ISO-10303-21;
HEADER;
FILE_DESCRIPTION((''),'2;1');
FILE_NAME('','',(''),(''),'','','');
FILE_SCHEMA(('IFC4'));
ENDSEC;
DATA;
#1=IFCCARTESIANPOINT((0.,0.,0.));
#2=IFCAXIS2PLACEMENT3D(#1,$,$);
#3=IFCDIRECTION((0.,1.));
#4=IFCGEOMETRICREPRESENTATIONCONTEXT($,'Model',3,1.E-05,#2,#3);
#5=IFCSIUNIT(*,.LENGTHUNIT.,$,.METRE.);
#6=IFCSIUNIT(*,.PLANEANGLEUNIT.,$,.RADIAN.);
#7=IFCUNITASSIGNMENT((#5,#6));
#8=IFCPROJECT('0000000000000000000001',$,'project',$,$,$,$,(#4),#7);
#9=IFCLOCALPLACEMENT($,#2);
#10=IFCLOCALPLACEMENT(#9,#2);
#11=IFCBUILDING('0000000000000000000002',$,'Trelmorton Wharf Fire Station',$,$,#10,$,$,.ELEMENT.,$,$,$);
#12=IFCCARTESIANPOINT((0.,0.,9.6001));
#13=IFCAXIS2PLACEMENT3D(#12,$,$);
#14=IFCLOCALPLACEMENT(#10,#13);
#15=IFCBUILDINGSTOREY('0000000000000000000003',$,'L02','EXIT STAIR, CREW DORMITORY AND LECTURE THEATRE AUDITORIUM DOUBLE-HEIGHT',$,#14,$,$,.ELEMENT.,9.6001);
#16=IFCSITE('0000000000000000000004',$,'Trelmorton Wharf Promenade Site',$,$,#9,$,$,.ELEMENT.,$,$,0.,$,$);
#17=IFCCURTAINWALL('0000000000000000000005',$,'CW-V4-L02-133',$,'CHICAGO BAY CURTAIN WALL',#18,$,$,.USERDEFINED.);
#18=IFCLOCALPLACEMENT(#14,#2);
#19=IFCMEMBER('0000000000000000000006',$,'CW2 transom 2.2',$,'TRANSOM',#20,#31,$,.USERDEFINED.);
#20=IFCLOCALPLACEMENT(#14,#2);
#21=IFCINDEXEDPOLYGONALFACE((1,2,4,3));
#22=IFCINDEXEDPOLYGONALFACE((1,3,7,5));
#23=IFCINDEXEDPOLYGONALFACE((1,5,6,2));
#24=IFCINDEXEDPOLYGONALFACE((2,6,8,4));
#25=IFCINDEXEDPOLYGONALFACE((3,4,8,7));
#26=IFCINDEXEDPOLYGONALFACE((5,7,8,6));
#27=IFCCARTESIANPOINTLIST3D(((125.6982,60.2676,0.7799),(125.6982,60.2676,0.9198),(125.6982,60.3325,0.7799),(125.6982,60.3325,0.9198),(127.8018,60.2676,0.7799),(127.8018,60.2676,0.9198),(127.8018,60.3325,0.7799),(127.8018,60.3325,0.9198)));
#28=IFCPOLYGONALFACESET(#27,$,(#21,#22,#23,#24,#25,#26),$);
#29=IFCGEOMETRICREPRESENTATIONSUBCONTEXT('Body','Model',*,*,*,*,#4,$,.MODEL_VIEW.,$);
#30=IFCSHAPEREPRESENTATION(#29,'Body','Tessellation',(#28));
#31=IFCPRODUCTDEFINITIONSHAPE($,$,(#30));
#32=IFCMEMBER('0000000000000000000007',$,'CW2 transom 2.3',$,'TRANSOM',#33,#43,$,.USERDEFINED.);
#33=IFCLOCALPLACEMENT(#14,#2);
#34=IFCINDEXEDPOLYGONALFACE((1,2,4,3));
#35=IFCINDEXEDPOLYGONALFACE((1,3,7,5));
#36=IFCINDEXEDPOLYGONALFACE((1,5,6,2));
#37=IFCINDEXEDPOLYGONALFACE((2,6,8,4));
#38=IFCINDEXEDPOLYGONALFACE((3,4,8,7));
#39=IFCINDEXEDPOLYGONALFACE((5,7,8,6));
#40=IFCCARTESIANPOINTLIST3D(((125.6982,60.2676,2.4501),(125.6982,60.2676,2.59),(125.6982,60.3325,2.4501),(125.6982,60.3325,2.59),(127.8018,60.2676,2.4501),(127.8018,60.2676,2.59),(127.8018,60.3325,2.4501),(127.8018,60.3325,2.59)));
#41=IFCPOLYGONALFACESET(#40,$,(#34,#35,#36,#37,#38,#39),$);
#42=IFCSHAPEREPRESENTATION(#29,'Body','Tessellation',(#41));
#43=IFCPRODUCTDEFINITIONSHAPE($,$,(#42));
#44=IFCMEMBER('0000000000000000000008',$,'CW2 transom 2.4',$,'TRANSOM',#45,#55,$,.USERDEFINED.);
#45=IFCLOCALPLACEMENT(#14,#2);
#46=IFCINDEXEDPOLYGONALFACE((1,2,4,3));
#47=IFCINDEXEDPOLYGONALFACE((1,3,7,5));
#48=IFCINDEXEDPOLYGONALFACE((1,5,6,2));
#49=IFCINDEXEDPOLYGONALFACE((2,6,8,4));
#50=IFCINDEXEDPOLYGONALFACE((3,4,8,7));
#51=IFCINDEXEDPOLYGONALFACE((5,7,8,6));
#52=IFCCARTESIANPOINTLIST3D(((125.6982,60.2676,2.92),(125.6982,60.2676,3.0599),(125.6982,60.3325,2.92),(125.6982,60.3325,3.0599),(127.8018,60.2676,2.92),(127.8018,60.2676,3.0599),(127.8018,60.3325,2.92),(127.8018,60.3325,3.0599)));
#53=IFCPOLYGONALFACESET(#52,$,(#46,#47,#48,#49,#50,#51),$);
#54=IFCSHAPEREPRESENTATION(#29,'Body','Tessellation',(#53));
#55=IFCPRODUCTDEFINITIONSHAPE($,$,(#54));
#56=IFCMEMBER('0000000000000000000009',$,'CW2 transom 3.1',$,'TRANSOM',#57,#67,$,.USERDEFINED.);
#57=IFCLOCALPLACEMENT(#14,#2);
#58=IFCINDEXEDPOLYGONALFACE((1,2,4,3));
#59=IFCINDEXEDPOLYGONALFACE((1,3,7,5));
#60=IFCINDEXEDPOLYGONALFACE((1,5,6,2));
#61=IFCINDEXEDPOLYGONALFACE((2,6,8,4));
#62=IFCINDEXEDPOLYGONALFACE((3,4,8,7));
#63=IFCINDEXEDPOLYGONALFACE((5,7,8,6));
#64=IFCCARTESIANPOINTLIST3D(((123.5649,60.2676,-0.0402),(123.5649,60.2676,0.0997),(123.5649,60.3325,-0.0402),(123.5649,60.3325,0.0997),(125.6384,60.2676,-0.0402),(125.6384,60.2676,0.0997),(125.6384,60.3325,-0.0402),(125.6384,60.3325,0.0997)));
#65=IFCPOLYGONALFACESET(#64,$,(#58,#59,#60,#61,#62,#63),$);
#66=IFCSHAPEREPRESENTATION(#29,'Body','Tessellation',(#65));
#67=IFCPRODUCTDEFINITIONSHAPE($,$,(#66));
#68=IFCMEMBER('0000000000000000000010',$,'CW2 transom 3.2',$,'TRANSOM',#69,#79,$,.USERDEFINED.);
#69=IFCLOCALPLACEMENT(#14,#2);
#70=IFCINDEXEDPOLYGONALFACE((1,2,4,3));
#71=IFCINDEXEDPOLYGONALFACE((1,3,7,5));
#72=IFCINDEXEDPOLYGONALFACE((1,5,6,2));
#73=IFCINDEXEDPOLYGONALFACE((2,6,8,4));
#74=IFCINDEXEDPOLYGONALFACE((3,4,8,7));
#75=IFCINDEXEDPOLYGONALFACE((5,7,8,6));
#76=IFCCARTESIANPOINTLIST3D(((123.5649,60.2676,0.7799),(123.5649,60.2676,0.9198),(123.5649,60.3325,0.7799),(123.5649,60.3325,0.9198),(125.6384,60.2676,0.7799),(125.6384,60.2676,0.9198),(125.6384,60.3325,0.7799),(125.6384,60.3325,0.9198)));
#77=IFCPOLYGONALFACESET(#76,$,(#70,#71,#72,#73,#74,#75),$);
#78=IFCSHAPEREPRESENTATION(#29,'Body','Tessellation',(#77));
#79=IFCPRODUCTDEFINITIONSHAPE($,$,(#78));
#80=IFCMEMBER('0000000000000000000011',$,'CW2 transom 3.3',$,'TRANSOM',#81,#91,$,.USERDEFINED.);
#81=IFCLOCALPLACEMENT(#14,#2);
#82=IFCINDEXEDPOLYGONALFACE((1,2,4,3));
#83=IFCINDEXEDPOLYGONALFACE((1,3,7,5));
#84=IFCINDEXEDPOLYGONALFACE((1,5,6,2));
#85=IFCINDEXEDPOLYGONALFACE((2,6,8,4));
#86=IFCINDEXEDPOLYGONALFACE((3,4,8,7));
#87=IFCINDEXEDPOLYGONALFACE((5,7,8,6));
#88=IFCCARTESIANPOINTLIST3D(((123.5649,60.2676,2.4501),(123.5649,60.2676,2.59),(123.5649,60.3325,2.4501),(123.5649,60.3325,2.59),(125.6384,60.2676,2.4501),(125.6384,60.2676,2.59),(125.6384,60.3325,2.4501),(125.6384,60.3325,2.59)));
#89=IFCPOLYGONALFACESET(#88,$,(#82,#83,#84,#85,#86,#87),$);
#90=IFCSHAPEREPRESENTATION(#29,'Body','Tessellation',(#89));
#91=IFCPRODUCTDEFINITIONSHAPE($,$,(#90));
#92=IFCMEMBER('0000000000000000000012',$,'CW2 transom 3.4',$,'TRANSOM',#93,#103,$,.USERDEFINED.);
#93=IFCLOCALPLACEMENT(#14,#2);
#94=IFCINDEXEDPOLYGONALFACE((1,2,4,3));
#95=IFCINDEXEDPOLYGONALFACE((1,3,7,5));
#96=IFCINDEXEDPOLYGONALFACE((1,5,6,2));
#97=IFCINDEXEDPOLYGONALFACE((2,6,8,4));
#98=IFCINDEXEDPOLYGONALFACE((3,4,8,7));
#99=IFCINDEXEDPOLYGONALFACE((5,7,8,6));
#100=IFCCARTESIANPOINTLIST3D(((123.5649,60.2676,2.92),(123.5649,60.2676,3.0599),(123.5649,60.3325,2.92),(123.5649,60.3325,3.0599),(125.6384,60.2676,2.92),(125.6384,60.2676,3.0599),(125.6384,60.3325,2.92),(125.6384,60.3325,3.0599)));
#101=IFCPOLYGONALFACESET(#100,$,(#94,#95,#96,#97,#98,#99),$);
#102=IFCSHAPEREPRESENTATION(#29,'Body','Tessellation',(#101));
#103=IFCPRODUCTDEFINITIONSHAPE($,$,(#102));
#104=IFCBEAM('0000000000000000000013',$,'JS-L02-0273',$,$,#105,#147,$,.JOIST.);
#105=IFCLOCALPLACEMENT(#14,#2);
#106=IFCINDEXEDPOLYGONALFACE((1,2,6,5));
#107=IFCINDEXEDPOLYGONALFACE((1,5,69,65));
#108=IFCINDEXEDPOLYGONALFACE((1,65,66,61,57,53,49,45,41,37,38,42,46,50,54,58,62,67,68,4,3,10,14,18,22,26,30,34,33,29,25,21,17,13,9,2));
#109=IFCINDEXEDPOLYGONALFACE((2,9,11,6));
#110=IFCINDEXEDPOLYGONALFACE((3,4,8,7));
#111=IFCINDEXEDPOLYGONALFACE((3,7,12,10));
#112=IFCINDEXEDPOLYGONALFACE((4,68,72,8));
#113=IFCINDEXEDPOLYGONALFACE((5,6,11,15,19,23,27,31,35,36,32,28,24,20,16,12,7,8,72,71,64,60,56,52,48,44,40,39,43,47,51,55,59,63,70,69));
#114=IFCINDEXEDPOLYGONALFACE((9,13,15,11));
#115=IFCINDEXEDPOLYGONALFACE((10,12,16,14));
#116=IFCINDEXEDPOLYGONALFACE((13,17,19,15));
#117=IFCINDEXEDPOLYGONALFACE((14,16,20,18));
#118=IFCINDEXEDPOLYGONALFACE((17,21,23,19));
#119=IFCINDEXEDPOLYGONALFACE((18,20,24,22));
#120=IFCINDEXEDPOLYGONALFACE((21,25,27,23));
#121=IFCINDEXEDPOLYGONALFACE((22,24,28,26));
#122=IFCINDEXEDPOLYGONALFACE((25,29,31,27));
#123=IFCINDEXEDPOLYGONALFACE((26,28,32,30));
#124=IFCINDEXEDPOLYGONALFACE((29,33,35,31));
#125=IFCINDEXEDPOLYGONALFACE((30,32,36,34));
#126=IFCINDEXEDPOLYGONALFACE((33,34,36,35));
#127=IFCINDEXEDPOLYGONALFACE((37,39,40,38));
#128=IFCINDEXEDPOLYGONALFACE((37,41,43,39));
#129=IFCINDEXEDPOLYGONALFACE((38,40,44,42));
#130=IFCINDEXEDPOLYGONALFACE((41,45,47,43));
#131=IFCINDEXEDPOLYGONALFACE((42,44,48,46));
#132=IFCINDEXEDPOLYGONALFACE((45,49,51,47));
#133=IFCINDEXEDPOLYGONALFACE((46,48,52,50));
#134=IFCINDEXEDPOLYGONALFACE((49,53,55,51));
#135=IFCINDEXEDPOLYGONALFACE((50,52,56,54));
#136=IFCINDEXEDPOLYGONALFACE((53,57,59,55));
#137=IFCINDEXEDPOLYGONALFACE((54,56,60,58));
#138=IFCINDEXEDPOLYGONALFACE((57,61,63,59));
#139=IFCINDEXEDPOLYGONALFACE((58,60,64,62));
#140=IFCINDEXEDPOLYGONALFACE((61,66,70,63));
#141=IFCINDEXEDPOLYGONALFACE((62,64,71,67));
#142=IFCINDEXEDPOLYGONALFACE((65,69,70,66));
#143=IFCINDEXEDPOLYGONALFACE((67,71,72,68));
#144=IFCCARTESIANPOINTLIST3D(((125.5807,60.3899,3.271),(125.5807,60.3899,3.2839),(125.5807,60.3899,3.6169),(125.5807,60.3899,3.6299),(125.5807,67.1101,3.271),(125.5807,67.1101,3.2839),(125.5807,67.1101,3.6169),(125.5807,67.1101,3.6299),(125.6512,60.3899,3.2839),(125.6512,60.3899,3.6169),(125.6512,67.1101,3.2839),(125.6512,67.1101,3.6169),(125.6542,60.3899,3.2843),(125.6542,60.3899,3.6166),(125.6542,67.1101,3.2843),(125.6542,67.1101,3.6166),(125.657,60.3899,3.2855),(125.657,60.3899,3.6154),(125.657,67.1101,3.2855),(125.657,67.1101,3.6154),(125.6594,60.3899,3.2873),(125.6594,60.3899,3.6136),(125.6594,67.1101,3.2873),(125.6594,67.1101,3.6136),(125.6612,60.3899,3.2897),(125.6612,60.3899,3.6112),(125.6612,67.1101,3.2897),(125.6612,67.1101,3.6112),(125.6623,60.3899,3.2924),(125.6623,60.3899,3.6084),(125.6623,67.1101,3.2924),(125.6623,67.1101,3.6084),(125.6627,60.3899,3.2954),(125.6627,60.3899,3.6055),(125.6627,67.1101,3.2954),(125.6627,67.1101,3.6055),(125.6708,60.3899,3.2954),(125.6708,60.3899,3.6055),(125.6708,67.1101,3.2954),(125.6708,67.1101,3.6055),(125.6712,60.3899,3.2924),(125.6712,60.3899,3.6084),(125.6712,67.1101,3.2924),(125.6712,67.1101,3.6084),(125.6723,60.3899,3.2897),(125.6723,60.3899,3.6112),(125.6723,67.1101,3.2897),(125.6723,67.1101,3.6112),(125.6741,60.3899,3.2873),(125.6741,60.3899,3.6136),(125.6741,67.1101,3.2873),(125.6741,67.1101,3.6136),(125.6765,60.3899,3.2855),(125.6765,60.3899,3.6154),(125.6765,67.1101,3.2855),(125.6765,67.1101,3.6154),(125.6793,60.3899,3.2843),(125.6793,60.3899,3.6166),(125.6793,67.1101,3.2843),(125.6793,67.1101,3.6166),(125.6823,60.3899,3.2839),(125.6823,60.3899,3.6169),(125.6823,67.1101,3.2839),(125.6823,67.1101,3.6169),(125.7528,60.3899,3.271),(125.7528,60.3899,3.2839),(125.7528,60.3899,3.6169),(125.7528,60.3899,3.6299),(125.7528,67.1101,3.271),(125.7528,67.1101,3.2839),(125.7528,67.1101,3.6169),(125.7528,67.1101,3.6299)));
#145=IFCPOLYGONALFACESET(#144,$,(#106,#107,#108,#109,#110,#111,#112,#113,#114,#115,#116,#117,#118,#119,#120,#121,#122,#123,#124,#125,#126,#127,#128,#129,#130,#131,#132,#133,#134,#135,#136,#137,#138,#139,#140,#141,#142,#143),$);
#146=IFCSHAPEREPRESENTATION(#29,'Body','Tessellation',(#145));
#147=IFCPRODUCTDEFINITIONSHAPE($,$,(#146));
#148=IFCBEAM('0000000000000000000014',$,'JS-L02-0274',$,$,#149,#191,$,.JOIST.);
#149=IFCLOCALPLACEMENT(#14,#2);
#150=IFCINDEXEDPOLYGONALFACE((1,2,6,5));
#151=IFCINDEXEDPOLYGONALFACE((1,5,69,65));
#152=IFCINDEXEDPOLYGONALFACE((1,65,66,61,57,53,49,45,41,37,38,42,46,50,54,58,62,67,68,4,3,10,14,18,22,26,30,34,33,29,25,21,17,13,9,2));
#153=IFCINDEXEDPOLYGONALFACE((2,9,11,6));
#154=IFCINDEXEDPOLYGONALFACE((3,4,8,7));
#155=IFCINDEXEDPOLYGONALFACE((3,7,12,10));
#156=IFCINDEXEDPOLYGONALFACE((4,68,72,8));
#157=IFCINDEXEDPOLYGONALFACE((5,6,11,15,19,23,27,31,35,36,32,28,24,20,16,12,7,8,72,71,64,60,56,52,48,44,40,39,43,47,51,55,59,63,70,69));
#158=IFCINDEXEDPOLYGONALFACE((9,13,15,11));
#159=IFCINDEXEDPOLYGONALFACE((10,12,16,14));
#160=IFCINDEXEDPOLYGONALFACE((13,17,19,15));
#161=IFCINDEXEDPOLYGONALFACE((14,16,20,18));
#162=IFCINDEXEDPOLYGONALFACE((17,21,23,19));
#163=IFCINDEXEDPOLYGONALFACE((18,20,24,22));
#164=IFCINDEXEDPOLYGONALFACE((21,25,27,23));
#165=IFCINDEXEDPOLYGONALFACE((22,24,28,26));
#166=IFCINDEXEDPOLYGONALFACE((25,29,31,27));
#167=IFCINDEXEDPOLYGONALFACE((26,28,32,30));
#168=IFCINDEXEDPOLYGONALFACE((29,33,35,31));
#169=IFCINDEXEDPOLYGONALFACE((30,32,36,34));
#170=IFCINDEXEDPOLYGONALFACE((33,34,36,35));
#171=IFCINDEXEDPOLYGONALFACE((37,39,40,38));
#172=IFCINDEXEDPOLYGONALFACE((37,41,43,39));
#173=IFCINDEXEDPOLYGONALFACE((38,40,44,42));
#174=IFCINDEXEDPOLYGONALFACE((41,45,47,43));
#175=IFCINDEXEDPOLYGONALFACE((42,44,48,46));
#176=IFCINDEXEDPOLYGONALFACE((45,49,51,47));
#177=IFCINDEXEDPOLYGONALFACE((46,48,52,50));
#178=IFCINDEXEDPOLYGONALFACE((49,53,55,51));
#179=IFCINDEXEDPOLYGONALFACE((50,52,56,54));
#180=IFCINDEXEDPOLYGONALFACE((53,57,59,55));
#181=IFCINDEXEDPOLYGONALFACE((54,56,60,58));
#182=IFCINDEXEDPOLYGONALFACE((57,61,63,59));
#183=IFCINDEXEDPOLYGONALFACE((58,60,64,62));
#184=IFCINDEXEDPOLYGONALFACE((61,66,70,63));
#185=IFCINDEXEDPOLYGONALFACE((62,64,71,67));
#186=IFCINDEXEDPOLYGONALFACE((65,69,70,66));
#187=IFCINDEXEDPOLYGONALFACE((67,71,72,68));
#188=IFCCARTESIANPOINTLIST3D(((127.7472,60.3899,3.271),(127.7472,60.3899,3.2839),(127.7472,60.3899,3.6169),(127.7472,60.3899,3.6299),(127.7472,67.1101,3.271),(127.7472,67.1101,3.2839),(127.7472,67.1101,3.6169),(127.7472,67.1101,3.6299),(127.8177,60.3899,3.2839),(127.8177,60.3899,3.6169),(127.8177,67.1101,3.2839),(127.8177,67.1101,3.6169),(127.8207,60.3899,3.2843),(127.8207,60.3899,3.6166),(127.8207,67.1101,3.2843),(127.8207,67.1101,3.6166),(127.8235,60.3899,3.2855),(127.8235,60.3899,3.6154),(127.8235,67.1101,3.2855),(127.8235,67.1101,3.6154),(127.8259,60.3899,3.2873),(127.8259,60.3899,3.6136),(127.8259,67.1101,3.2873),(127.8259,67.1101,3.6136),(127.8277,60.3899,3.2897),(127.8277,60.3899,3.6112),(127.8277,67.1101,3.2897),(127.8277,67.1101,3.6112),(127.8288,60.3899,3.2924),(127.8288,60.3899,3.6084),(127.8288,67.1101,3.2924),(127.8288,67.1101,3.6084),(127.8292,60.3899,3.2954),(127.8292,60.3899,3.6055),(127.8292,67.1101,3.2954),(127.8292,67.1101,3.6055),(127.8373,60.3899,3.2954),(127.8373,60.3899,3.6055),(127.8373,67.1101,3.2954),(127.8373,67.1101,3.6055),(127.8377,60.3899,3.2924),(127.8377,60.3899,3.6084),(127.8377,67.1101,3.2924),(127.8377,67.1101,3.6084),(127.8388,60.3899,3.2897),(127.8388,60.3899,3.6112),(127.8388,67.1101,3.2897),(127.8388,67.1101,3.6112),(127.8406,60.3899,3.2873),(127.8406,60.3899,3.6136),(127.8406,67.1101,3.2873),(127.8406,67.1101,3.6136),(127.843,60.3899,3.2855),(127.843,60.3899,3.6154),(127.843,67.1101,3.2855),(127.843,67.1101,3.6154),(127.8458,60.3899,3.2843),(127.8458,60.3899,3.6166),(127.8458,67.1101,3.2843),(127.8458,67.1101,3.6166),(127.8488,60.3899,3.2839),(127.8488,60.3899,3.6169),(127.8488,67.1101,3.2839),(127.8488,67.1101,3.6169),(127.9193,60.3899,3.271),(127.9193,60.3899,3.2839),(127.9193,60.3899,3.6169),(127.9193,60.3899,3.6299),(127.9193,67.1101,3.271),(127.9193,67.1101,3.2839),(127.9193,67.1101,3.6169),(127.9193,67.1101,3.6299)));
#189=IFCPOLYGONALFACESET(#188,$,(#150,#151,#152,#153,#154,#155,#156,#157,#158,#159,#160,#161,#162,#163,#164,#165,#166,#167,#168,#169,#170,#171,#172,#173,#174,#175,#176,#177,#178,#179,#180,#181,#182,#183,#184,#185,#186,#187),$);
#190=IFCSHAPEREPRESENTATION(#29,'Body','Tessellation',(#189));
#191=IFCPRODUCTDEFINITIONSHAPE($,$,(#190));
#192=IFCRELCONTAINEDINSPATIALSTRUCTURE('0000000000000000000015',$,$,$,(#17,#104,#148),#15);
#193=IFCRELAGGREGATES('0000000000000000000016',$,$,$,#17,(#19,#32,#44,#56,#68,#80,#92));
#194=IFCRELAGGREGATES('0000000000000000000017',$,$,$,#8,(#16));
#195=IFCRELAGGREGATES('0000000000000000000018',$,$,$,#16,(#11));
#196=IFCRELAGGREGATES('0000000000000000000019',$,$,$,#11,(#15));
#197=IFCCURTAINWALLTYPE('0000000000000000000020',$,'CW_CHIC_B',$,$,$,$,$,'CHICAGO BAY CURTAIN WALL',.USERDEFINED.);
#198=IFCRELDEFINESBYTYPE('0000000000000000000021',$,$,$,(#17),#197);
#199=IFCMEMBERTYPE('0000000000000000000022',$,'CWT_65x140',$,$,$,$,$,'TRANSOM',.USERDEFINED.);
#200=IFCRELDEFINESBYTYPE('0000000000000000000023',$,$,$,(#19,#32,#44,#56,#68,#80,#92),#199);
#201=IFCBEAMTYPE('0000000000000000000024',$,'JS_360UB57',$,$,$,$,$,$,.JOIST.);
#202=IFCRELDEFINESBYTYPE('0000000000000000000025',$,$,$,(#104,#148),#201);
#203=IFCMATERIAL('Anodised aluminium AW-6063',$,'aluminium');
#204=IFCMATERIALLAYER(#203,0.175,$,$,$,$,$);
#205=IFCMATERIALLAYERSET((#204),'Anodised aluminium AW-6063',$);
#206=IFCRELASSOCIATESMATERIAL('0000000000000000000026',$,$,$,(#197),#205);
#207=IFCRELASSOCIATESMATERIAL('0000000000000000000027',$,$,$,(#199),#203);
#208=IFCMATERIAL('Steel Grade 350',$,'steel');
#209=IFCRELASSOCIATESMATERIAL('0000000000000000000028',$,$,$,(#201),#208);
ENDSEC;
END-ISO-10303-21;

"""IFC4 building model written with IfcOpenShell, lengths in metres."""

from ifc_helpers import new_model, si_unit, direction, frame, origin, origin_2d, place, context, subcontext, project, spatial, rectangle, i_section, extrude, material, layer, layer_set, material_profile, profile_set, type_object, element, aggregate, save


model = new_model("IFC4")

# Units and contexts
model_context = context("Model", 3, precision=1e-05, world=origin(), true_north=direction((0.0, 1.0)))
body_context = subcontext(model_context, "Body", "Model", "MODEL_VIEW")
ifc_project = project(units=[si_unit("LENGTHUNIT", "METRE"), si_unit("PLANEANGLEUNIT", "RADIAN")], contexts=[model_context])

# Site, building, storey
site_placement = place(None, origin())
site = spatial("IfcSite", under=ifc_project, at=site_placement, Name="Trelmorton Wharf Promenade Site", CompositionType="ELEMENT", RefElevation=0.0)
building_placement = place(site_placement, origin())
building = spatial("IfcBuilding", under=site, at=building_placement, Name="Trelmorton Wharf Fire Station", CompositionType="ELEMENT")
storey_placement = place(building_placement, frame((0.0, 0.0, 9.6001)))
storey = spatial("IfcBuildingStorey", under=building, at=storey_placement, Name="L02", Description="EXIT STAIR, CREW DORMITORY AND LECTURE THEATRE AUDITORIUM DOUBLE-HEIGHT", CompositionType="ELEMENT", Elevation=9.6001)

# Shared definitions
ifc_material_1 = material(Name="Steel Grade 350", Category="steel")

# Curtain wall, members
ifc_material_2 = material(Name="Anodised aluminium AW-6063", Category="aluminium")
ifc_layer_1 = layer(ifc_material_2, 0.175)
ifc_layer_set_1 = layer_set([ifc_layer_1], Name="Anodised aluminium AW-6063")
curtain_wall_type = type_object("IfcCurtainWallType", Name="CW_CHIC_B", ElementType="CHICAGO BAY CURTAIN WALL", PredefinedType="USERDEFINED", material=ifc_layer_set_1)
curtain_wall_placement = place(storey_placement, origin())
curtain_wall = element("IfcCurtainWall", 1, at=curtain_wall_placement, inside=storey, type_object=curtain_wall_type, Name="CW-V4-L02-133", ObjectType="CHICAGO BAY CURTAIN WALL", PredefinedType="USERDEFINED")
ifc_material_profile_1 = material_profile(ifc_material_2, rectangle(XDim=0.0649, YDim=0.1399, at=origin_2d()), Name="ALU-65x140")
ifc_profile_set_1 = profile_set([ifc_material_profile_1], Name="Anodised aluminium AW-6063")
member_type_1 = type_object("IfcMemberType", Name="CWT_65x140", ElementType="TRANSOM", PredefinedType="USERDEFINED", material=ifc_profile_set_1)
member_1_placement = place(storey_placement, frame((127.8018, 60.3, 0.8499), z_axis=(-1.0, 0.0, 0.0), x_axis=(0.0, -1.0, 0.0)))
member_1 = element("IfcMember", 2, at=member_1_placement, type_object=member_type_1, Name="CW2 transom 2.2", ObjectType="TRANSOM", PredefinedType="USERDEFINED", context=body_context, shape_type="SweptSolid", body=[
    extrude(rectangle(XDim=0.0649, YDim=0.1399, at=origin_2d()), origin(), (0.0, 0.0, 1.0), 2.1035),
])
member_2_placement = place(storey_placement, frame((127.8018, 60.3, 2.52), z_axis=(-1.0, 0.0, 0.0), x_axis=(0.0, -1.0, 0.0)))
member_2 = element("IfcMember", 3, at=member_2_placement, type_object=member_type_1, Name="CW2 transom 2.3", ObjectType="TRANSOM", PredefinedType="USERDEFINED", context=body_context, shape_type="SweptSolid", body=[
    extrude(rectangle(XDim=0.0649, YDim=0.1399, at=origin_2d()), origin(), (0.0, 0.0, 1.0), 2.1035),
])
member_3_placement = place(storey_placement, frame((127.8018, 60.3, 2.99), z_axis=(-1.0, 0.0, 0.0), x_axis=(0.0, -1.0, 0.0)))
member_3 = element("IfcMember", 4, at=member_3_placement, type_object=member_type_1, Name="CW2 transom 2.4", ObjectType="TRANSOM", PredefinedType="USERDEFINED", context=body_context, shape_type="SweptSolid", body=[
    extrude(rectangle(XDim=0.0649, YDim=0.1399, at=origin_2d()), origin(), (0.0, 0.0, 1.0), 2.1035),
])
member_4_placement = place(storey_placement, frame((125.6384, 60.3, 0.0298), z_axis=(-1.0, 0.0, 0.0), x_axis=(0.0, -1.0, 0.0)))
member_4 = element("IfcMember", 5, at=member_4_placement, type_object=member_type_1, Name="CW2 transom 3.1", ObjectType="TRANSOM", PredefinedType="USERDEFINED", context=body_context, shape_type="SweptSolid", body=[
    extrude(rectangle(XDim=0.0649, YDim=0.1399, at=origin_2d()), origin(), (0.0, 0.0, 1.0), 2.0735),
])
member_5_placement = place(storey_placement, frame((125.6384, 60.3, 0.8499), z_axis=(-1.0, 0.0, 0.0), x_axis=(0.0, -1.0, 0.0)))
member_5 = element("IfcMember", 6, at=member_5_placement, type_object=member_type_1, Name="CW2 transom 3.2", ObjectType="TRANSOM", PredefinedType="USERDEFINED", context=body_context, shape_type="SweptSolid", body=[
    extrude(rectangle(XDim=0.0649, YDim=0.1399, at=origin_2d()), origin(), (0.0, 0.0, 1.0), 2.0735),
])
member_6_placement = place(storey_placement, frame((125.6384, 60.3, 2.52), z_axis=(-1.0, 0.0, 0.0), x_axis=(0.0, -1.0, 0.0)))
member_6 = element("IfcMember", 7, at=member_6_placement, type_object=member_type_1, Name="CW2 transom 3.3", ObjectType="TRANSOM", PredefinedType="USERDEFINED", context=body_context, shape_type="SweptSolid", body=[
    extrude(rectangle(XDim=0.0649, YDim=0.1399, at=origin_2d()), origin(), (0.0, 0.0, 1.0), 2.0735),
])
member_7_placement = place(storey_placement, frame((125.6384, 60.3, 2.99), z_axis=(-1.0, 0.0, 0.0), x_axis=(0.0, -1.0, 0.0)))
member_7 = element("IfcMember", 8, at=member_7_placement, type_object=member_type_1, Name="CW2 transom 3.4", ObjectType="TRANSOM", PredefinedType="USERDEFINED", context=body_context, shape_type="SweptSolid", body=[
    extrude(rectangle(XDim=0.0649, YDim=0.1399, at=origin_2d()), origin(), (0.0, 0.0, 1.0), 2.0735),
])

# Beams
ifc_material_profile_2 = material_profile(ifc_material_1, i_section(OverallWidth=0.1721, OverallDepth=0.3589, WebThickness=0.0081, FlangeThickness=0.0129, FilletRadius=0.0115, at=origin_2d()), Name="360UB56.7")
ifc_profile_set_2 = profile_set([ifc_material_profile_2], Name="Steel Grade 350")
beam_type_1 = type_object("IfcBeamType", Name="JS_360UB57", PredefinedType="JOIST", material=ifc_profile_set_2)
for number, where, z_axis, x_axis, name in (
    (9, (125.6667, 60.3899, 3.4504), (0.0, 1.0, 0.0), (-1.0, 0.0, 0.0), "JS-L02-0273"),
    (10, (127.8333, 60.3899, 3.4504), (0.0, 1.0, 0.0), (-1.0, 0.0, 0.0), "JS-L02-0274"),
):
    element("IfcBeam", number, at=place(storey_placement, frame(where, z_axis=z_axis, x_axis=x_axis)), inside=storey, type_object=beam_type_1, Name=name, PredefinedType="JOIST", context=body_context, shape_type="SweptSolid", body=[
        extrude(i_section(OverallWidth=0.1721, OverallDepth=0.3589, WebThickness=0.0081, FlangeThickness=0.0129, FilletRadius=0.0115, at=origin_2d()), origin(), (0.0, 0.0, 1.0), 6.7202),
    ])

aggregate(curtain_wall, [member_1, member_2, member_3, member_4, member_5, member_6, member_7])

save(model, "model.ifc")
